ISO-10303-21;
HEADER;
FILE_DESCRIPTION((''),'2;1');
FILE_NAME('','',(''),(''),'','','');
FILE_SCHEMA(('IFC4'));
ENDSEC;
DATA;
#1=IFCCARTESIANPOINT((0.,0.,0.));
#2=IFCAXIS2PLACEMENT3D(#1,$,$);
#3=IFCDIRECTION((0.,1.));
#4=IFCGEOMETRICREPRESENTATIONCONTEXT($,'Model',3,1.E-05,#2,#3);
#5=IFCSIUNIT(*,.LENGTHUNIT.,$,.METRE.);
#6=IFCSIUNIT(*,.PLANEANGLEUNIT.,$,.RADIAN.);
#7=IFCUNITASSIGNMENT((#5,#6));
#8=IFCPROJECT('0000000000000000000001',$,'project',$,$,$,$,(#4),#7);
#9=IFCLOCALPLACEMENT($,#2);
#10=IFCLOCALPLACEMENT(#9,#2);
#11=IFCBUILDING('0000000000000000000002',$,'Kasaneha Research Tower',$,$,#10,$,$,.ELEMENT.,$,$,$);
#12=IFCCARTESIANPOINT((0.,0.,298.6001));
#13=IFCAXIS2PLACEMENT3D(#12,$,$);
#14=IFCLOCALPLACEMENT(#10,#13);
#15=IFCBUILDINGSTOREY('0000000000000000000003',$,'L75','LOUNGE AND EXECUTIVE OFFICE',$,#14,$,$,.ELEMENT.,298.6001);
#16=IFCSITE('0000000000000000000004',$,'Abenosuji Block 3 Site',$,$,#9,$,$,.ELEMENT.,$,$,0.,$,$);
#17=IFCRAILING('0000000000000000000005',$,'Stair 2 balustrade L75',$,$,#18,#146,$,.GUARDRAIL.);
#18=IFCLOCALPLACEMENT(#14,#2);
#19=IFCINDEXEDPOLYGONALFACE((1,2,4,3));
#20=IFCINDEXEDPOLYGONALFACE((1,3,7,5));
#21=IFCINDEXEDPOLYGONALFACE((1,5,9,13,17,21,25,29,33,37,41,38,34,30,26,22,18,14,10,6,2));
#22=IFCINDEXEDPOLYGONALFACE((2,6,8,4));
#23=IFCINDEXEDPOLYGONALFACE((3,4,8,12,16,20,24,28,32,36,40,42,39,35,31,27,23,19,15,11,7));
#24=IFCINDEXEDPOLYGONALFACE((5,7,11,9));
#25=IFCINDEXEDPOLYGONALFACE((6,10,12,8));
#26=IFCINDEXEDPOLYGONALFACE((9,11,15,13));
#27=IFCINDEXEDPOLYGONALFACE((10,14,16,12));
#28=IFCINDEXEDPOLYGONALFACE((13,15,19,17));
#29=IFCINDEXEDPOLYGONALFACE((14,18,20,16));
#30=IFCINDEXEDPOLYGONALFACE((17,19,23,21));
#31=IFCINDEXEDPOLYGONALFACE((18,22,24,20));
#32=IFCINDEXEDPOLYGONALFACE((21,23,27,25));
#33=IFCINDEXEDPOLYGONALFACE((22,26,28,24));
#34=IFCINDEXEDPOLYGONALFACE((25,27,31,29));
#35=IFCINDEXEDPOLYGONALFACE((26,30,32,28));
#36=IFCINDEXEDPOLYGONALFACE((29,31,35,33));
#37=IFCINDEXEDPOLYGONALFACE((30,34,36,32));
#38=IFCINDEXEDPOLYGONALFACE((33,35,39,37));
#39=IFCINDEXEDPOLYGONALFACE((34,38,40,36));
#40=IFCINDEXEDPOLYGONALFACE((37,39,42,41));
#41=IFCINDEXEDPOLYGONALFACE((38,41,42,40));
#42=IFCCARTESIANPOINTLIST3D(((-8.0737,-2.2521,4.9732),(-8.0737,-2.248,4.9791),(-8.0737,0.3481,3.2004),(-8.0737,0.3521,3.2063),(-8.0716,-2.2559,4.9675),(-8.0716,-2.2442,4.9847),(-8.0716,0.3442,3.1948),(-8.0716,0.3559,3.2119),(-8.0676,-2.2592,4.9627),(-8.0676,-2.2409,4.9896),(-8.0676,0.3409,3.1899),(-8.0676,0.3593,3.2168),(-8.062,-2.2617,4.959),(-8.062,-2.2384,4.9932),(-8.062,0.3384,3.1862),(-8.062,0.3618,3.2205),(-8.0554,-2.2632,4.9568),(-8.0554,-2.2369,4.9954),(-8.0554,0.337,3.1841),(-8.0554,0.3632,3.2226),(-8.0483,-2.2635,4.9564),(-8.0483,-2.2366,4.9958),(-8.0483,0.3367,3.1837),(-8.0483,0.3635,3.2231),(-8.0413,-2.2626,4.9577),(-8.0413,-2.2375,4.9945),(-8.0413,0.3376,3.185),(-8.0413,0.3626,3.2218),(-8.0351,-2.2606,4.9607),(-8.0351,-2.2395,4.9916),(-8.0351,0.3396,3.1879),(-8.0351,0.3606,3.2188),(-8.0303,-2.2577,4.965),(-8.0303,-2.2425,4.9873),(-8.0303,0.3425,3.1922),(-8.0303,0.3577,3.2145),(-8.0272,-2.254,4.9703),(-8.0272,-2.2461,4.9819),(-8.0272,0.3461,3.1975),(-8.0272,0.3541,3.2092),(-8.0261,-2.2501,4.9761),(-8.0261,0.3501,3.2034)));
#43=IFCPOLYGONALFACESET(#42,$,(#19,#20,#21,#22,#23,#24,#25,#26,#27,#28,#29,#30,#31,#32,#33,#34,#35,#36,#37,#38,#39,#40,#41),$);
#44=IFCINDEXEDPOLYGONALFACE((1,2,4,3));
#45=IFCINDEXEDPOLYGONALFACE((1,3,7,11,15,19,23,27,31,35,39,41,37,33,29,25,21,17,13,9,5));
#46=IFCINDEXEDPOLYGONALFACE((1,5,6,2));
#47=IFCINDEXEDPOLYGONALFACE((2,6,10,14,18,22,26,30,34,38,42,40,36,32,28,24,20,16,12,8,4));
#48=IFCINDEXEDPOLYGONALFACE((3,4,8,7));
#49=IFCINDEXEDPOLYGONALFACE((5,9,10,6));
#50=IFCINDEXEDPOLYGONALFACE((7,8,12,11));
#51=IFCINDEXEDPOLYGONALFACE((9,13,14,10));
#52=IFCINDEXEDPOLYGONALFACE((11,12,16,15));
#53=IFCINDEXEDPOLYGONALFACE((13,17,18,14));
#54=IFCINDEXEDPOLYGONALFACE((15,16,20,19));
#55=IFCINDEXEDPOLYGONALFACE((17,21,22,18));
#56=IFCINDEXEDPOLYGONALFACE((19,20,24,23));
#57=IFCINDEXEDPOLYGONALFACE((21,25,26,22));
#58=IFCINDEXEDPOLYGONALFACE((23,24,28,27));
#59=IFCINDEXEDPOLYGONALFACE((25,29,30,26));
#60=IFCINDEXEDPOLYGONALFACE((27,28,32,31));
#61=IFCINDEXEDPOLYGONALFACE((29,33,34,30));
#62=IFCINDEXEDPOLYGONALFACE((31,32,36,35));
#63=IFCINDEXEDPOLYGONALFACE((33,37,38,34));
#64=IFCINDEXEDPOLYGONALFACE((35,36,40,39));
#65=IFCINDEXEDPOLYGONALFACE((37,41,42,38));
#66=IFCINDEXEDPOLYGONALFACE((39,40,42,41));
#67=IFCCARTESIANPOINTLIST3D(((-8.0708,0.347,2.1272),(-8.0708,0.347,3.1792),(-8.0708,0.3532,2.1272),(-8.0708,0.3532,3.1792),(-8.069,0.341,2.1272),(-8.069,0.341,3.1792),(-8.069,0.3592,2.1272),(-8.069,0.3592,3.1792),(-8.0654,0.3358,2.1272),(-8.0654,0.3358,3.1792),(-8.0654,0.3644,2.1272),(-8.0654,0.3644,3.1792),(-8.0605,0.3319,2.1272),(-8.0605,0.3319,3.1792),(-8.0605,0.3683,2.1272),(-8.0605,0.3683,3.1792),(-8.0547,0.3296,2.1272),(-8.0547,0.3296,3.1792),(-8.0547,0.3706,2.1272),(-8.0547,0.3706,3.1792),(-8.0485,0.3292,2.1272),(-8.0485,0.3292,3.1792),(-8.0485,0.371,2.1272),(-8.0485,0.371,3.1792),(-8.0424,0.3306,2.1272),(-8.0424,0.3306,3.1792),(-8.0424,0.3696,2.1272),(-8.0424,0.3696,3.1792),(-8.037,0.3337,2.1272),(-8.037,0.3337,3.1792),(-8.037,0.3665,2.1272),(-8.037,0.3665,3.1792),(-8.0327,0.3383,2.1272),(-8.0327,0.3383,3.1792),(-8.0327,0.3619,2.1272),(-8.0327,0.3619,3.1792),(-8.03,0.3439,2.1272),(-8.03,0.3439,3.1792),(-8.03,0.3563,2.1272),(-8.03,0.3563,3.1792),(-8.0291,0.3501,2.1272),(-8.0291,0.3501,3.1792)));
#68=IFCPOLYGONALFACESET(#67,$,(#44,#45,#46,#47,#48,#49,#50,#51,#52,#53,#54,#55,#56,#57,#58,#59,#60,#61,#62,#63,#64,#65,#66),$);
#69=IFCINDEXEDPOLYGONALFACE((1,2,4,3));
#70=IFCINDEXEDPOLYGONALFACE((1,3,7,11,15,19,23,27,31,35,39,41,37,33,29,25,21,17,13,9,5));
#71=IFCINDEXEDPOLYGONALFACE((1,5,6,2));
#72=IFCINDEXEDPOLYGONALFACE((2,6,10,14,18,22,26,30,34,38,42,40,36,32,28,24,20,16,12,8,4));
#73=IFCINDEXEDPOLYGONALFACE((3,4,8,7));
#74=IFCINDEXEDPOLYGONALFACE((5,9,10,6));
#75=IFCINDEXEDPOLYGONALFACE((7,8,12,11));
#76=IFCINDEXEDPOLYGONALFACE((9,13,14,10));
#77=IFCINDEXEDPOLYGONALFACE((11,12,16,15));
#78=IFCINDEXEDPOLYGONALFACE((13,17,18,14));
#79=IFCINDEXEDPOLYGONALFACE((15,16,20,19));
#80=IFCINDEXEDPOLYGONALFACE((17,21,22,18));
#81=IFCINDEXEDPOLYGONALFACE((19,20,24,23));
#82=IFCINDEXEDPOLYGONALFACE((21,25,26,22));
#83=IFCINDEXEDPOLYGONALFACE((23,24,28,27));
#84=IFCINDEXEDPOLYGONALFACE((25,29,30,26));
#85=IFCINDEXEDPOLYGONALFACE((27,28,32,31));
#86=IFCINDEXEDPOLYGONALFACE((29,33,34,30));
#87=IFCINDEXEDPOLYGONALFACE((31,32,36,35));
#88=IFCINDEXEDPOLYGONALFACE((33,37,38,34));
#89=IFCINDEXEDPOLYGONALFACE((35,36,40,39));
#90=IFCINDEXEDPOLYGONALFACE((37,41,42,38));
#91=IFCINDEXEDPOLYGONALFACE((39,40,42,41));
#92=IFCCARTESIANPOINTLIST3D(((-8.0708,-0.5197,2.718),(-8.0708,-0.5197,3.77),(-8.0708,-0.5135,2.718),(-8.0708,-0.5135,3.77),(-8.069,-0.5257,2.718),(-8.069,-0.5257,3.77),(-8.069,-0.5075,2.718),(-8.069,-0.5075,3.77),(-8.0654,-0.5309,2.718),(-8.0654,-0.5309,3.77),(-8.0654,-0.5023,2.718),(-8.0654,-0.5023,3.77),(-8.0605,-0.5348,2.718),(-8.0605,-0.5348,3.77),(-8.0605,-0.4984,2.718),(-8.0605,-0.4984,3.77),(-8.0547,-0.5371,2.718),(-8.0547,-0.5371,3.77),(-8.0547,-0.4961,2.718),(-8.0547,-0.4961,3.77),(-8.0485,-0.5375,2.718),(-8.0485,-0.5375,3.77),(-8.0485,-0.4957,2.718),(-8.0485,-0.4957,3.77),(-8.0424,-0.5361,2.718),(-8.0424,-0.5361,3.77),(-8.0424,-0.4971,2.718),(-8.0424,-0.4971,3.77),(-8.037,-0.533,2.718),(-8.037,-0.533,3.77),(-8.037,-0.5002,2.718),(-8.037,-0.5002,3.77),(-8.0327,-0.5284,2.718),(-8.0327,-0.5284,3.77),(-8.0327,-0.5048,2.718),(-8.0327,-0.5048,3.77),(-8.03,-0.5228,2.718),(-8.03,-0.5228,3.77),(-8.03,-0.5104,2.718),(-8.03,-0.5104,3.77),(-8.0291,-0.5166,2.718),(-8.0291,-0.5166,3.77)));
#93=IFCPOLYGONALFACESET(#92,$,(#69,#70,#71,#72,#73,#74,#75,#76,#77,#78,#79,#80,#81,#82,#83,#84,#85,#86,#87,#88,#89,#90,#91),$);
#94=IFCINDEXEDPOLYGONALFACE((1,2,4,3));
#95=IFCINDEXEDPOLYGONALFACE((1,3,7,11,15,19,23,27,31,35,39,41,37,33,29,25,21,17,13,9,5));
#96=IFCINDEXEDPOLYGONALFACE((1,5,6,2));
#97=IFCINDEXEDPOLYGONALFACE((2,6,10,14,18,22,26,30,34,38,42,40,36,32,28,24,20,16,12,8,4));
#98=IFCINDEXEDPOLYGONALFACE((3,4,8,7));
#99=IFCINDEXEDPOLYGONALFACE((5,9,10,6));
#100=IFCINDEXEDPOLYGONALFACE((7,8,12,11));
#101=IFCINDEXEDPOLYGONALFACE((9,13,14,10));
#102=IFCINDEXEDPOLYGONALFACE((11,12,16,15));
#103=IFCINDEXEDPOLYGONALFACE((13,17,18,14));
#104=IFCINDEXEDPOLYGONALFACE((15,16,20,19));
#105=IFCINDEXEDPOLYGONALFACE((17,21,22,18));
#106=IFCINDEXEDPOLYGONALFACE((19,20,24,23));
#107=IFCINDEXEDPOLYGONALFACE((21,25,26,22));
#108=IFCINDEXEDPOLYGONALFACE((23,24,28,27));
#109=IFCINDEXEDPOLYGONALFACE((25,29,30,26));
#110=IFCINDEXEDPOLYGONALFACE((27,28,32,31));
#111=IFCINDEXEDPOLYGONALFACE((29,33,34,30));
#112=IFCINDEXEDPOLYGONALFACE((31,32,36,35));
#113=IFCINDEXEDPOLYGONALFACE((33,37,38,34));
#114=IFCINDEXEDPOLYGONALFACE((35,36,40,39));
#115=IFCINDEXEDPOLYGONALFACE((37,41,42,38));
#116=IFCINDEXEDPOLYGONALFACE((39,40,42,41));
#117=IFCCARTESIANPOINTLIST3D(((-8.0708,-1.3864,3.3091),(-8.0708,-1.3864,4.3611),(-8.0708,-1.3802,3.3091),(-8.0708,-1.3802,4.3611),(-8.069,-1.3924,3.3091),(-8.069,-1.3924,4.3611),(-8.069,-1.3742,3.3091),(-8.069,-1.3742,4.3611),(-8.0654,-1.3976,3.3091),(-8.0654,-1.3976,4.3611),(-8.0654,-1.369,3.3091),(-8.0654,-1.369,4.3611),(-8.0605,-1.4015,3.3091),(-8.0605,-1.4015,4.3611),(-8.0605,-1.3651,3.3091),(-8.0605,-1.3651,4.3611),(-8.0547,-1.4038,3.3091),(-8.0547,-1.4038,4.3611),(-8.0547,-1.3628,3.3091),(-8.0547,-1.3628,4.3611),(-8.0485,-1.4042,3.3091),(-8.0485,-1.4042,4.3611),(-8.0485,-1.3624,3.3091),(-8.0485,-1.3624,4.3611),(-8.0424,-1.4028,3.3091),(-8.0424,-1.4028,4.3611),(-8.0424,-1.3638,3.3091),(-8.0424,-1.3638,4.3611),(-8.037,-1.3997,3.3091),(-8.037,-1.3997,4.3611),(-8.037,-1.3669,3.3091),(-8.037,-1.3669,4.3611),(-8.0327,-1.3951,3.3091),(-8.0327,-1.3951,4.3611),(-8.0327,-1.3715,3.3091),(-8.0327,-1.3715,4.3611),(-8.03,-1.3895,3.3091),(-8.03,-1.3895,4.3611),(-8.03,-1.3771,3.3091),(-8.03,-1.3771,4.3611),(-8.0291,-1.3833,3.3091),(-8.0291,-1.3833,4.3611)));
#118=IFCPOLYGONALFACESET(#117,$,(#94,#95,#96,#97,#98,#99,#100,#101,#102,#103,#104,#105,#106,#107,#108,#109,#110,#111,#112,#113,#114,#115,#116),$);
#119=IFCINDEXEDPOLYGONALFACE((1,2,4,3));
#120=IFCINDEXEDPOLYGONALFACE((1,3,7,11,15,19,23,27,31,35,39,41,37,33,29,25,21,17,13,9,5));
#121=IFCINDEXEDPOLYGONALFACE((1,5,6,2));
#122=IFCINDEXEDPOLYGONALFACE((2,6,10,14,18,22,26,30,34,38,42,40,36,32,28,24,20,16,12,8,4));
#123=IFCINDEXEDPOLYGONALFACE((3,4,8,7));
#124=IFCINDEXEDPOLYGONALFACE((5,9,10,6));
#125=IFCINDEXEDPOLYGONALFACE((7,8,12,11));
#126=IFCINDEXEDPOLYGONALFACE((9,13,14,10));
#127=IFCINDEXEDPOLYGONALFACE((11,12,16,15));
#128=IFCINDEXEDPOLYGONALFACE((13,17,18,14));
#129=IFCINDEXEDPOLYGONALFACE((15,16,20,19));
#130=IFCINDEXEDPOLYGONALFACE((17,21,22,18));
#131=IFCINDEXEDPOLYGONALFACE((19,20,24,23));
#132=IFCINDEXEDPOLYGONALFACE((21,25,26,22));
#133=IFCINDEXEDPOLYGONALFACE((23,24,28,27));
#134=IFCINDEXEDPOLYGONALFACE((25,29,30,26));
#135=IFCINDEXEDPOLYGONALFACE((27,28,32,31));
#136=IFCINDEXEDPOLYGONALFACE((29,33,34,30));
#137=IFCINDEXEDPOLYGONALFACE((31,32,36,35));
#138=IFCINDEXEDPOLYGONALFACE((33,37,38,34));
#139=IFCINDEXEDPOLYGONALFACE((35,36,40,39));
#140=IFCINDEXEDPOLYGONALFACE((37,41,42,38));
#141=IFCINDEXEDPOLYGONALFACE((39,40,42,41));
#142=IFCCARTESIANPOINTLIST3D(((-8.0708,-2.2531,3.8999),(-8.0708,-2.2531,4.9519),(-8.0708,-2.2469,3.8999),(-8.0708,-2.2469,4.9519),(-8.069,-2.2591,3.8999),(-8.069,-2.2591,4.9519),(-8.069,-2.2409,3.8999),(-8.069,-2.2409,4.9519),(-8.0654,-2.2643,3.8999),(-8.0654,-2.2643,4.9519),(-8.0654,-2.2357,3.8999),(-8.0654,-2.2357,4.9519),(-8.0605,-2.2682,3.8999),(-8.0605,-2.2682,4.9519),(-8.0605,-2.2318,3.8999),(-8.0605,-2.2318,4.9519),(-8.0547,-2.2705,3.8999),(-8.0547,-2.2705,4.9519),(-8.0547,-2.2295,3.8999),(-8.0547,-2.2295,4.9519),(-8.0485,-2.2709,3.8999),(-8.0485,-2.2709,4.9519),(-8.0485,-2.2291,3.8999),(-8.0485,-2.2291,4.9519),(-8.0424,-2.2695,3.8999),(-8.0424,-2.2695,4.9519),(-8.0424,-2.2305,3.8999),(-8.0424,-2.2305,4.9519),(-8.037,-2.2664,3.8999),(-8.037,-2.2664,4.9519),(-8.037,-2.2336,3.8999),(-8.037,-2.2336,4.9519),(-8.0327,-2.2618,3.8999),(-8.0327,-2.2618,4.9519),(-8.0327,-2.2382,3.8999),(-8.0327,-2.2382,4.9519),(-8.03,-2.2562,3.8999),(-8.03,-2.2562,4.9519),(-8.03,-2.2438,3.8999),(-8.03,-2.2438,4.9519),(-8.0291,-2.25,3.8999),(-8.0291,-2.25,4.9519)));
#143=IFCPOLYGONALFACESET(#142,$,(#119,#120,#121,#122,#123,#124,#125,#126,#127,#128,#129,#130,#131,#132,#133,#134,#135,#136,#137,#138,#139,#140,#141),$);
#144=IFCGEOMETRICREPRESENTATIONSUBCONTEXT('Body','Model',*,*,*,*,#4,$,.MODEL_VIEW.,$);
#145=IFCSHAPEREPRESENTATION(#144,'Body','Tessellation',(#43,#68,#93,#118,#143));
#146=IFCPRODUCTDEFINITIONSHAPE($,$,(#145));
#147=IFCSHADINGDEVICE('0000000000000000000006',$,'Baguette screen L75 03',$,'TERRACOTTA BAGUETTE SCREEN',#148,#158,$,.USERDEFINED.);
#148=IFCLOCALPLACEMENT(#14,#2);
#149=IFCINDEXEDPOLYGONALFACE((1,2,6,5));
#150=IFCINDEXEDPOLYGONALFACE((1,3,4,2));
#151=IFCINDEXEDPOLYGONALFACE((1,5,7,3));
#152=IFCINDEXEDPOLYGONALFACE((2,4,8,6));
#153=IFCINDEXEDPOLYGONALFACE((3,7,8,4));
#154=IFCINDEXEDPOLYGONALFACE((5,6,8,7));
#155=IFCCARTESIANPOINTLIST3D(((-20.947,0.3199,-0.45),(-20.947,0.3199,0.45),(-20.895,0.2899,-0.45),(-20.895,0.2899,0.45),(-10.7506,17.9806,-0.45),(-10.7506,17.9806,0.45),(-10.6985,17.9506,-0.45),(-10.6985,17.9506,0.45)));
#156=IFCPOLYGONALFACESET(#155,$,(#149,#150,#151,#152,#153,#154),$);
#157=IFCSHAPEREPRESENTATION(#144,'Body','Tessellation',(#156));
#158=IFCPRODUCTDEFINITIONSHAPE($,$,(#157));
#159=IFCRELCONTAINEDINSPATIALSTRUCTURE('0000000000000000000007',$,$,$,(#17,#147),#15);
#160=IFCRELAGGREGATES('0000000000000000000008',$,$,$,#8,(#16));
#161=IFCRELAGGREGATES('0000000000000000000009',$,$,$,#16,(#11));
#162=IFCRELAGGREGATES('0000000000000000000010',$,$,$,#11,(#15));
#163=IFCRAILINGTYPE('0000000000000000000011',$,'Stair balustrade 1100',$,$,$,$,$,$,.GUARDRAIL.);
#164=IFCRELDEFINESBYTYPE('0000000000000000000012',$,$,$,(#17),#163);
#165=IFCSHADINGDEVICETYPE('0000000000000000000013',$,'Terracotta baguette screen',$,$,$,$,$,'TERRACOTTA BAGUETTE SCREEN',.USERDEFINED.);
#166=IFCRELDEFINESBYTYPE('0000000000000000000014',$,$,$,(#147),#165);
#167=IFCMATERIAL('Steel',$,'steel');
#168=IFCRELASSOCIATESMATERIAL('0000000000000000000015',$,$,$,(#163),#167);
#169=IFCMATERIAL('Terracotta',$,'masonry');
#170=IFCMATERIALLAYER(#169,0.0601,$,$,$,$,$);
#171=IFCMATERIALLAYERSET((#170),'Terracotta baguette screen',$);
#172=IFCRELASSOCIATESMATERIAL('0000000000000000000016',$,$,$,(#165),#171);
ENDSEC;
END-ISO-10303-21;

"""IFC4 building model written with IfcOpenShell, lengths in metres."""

from ifc_helpers import new_model, si_unit, direction, frame, origin, origin_2d, place, context, subcontext, project, spatial, rectangle, circle, extrude, material, layer, layer_set, type_object, element, save


model = new_model("IFC4")

# Units and contexts
model_context = context("Model", 3, precision=1e-05, world=origin(), true_north=direction((0.0, 1.0)))
body_context = subcontext(model_context, "Body", "Model", "MODEL_VIEW")
ifc_project = project(units=[si_unit("LENGTHUNIT", "METRE"), si_unit("PLANEANGLEUNIT", "RADIAN")], contexts=[model_context])

# Site, building, storey
site_placement = place(None, origin())
site = spatial("IfcSite", under=ifc_project, at=site_placement, Name="Abenosuji Block 3 Site", CompositionType="ELEMENT", RefElevation=0.0)
building_placement = place(site_placement, origin())
building = spatial("IfcBuilding", under=site, at=building_placement, Name="Kasaneha Research Tower", CompositionType="ELEMENT")
storey_placement = place(building_placement, frame((0.0, 0.0, 298.6001)))
storey = spatial("IfcBuildingStorey", under=building, at=storey_placement, Name="L75", Description="LOUNGE AND EXECUTIVE OFFICE", CompositionType="ELEMENT", Elevation=298.6001)

# Railing
ifc_material_1 = material(Name="Steel", Category="steel")
railing_type = type_object("IfcRailingType", Name="Stair balustrade 1100", PredefinedType="GUARDRAIL", material=ifc_material_1)
railing_placement = place(storey_placement, frame((-8.05, 0.3501, 2.1272)))
element("IfcRailing", 1, at=railing_placement, inside=storey, type_object=railing_type, Name="Stair 2 balustrade L75", PredefinedType="GUARDRAIL", context=body_context, shape_type="SweptSolid", body=[
    extrude(circle(Radius=0.0239, at=origin_2d()), frame((0.0, 0.0, 1.0762), z_axis=(0.0, -0.82624, 0.563318), x_axis=(1.0, 0.0, 0.0)), (0.0, 0.0, 1.0), 3.147),
    extrude(circle(Radius=0.021, at=origin_2d()), origin(), (0.0, 0.0, 1.0), 1.052),
    extrude(circle(Radius=0.021, at=origin_2d()), frame((0.0, -0.8667, 0.5908)), (0.0, 0.0, 1.0), 1.052),
    extrude(circle(Radius=0.021, at=origin_2d()), frame((0.0, -1.7334, 1.1819)), (0.0, 0.0, 1.0), 1.052),
    extrude(circle(Radius=0.021, at=origin_2d()), frame((0.0, -2.6001, 1.7727)), (0.0, 0.0, 1.0), 1.052),
])

# Shading device
ifc_material_2 = material(Name="Terracotta", Category="masonry")
ifc_layer_1 = layer(ifc_material_2, 0.0601)
ifc_layer_set_1 = layer_set([ifc_layer_1], Name="Terracotta baguette screen")
shading_device_type = type_object("IfcShadingDeviceType", Name="Terracotta baguette screen", ElementType="TERRACOTTA BAGUETTE SCREEN", PredefinedType="USERDEFINED", material=ifc_layer_set_1)
shading_device_placement = place(storey_placement, frame((-15.8228, 9.1353, -0.45), z_axis=(0.0, 0.0, 1.0), x_axis=(-0.5, -0.866025, 0.0)))
element("IfcShadingDevice", 2, at=shading_device_placement, inside=storey, type_object=shading_device_type, Name="Baguette screen L75 03", ObjectType="TERRACOTTA BAGUETTE SCREEN", PredefinedType="USERDEFINED", context=body_context, shape_type="SweptSolid", body=[
    extrude(rectangle(XDim=20.3928, YDim=0.0601, at=origin_2d()), origin(), (0.0, 0.0, 1.0), 0.8999),
])

save(model, "model.ifc")
